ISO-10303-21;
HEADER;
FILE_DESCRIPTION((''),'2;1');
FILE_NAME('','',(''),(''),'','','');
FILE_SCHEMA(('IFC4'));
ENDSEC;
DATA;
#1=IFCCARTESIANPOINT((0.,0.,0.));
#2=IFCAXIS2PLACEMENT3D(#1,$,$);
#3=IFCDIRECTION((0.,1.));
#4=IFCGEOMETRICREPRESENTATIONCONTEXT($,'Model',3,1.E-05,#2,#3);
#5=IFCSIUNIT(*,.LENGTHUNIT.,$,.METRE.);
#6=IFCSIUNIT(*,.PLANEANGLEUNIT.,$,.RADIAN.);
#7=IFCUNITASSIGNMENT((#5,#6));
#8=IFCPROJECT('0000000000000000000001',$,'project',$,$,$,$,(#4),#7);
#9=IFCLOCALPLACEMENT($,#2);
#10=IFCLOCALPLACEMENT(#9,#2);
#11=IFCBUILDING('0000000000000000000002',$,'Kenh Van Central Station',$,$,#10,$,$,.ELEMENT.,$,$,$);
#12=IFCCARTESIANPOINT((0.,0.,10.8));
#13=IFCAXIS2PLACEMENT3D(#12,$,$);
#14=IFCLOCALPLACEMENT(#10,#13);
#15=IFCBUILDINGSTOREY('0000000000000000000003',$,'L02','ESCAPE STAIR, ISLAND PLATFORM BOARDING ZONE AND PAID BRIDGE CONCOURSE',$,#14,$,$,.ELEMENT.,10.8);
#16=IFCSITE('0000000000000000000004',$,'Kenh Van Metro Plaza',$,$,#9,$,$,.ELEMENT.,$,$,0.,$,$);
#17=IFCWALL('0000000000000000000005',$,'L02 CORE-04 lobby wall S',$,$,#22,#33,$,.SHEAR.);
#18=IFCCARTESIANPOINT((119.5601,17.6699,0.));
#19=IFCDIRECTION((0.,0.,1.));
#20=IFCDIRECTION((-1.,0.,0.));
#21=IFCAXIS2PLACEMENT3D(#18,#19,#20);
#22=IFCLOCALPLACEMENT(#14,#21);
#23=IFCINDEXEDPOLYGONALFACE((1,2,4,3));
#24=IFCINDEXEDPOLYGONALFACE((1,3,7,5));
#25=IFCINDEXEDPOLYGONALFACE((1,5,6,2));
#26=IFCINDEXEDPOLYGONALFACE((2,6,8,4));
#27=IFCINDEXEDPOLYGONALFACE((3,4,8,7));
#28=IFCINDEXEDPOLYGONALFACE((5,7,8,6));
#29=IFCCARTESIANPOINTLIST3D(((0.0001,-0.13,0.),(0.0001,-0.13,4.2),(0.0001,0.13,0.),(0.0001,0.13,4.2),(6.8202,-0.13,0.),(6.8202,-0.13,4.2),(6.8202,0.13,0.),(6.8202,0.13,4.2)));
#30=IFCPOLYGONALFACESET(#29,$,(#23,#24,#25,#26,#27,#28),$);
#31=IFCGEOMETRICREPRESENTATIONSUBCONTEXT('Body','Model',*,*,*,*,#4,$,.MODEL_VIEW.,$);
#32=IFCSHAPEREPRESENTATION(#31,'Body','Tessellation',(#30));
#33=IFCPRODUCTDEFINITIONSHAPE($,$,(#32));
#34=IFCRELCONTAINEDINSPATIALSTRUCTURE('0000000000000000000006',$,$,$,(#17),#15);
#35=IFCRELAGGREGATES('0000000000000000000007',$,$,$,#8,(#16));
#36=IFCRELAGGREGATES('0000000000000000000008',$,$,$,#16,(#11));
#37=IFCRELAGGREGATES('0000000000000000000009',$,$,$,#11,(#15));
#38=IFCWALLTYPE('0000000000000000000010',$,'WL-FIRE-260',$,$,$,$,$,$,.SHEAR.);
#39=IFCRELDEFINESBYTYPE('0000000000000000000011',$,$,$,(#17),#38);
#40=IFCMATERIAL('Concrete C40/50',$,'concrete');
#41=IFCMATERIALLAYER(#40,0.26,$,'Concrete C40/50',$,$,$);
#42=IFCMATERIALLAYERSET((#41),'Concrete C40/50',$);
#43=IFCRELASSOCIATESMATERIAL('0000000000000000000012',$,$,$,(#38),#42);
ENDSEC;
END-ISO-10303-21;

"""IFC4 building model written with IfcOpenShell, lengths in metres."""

from ifc_helpers import new_model, si_unit, direction, frame, frame_2d, origin, place, context, subcontext, project, spatial, rectangle, extrude, material, layer, layer_set, type_object, element, save


model = new_model("IFC4")

# Units and contexts
model_context = context("Model", 3, precision=1e-05, world=origin(), true_north=direction((0.0, 1.0)))
body_context = subcontext(model_context, "Body", "Model", "MODEL_VIEW")
ifc_project = project(units=[si_unit("LENGTHUNIT", "METRE"), si_unit("PLANEANGLEUNIT", "RADIAN")], contexts=[model_context])

# Site, building, storey
site_placement = place(None, origin())
site = spatial("IfcSite", under=ifc_project, at=site_placement, Name="Kenh Van Metro Plaza", CompositionType="ELEMENT", RefElevation=0.0)
building_placement = place(site_placement, origin())
building = spatial("IfcBuilding", under=site, at=building_placement, Name="Kenh Van Central Station", CompositionType="ELEMENT")
storey_placement = place(building_placement, frame((0.0, 0.0, 10.8)))
storey = spatial("IfcBuildingStorey", under=building, at=storey_placement, Name="L02", Description="ESCAPE STAIR, ISLAND PLATFORM BOARDING ZONE AND PAID BRIDGE CONCOURSE", CompositionType="ELEMENT", Elevation=10.8)

# Shared definitions
ifc_material_1 = material(Name="Concrete C40/50", Category="concrete")

# Wall
ifc_layer_1 = layer(ifc_material_1, 0.26, Name="Concrete C40/50")
ifc_layer_set_1 = layer_set([ifc_layer_1], Name="Concrete C40/50")
wall_type_1 = type_object("IfcWallType", Name="WL-FIRE-260", PredefinedType="SHEAR", material=ifc_layer_set_1)
wall_1_placement = place(storey_placement, frame((119.5601, 17.6699, 0.0), z_axis=(0.0, 0.0, 1.0), x_axis=(-1.0, 0.0, 0.0)))
element("IfcWall", 1, at=wall_1_placement, inside=storey, type_object=wall_type_1, Name="L02 CORE-04 lobby wall S", PredefinedType="SHEAR", context=body_context, shape_type="SweptSolid", body=[
    extrude(rectangle(XDim=6.8201, YDim=0.26, at=frame_2d((3.4102, 0.0))), origin(), (0.0, 0.0, 1.0), 4.2),
])

save(model, "model.ifc")
